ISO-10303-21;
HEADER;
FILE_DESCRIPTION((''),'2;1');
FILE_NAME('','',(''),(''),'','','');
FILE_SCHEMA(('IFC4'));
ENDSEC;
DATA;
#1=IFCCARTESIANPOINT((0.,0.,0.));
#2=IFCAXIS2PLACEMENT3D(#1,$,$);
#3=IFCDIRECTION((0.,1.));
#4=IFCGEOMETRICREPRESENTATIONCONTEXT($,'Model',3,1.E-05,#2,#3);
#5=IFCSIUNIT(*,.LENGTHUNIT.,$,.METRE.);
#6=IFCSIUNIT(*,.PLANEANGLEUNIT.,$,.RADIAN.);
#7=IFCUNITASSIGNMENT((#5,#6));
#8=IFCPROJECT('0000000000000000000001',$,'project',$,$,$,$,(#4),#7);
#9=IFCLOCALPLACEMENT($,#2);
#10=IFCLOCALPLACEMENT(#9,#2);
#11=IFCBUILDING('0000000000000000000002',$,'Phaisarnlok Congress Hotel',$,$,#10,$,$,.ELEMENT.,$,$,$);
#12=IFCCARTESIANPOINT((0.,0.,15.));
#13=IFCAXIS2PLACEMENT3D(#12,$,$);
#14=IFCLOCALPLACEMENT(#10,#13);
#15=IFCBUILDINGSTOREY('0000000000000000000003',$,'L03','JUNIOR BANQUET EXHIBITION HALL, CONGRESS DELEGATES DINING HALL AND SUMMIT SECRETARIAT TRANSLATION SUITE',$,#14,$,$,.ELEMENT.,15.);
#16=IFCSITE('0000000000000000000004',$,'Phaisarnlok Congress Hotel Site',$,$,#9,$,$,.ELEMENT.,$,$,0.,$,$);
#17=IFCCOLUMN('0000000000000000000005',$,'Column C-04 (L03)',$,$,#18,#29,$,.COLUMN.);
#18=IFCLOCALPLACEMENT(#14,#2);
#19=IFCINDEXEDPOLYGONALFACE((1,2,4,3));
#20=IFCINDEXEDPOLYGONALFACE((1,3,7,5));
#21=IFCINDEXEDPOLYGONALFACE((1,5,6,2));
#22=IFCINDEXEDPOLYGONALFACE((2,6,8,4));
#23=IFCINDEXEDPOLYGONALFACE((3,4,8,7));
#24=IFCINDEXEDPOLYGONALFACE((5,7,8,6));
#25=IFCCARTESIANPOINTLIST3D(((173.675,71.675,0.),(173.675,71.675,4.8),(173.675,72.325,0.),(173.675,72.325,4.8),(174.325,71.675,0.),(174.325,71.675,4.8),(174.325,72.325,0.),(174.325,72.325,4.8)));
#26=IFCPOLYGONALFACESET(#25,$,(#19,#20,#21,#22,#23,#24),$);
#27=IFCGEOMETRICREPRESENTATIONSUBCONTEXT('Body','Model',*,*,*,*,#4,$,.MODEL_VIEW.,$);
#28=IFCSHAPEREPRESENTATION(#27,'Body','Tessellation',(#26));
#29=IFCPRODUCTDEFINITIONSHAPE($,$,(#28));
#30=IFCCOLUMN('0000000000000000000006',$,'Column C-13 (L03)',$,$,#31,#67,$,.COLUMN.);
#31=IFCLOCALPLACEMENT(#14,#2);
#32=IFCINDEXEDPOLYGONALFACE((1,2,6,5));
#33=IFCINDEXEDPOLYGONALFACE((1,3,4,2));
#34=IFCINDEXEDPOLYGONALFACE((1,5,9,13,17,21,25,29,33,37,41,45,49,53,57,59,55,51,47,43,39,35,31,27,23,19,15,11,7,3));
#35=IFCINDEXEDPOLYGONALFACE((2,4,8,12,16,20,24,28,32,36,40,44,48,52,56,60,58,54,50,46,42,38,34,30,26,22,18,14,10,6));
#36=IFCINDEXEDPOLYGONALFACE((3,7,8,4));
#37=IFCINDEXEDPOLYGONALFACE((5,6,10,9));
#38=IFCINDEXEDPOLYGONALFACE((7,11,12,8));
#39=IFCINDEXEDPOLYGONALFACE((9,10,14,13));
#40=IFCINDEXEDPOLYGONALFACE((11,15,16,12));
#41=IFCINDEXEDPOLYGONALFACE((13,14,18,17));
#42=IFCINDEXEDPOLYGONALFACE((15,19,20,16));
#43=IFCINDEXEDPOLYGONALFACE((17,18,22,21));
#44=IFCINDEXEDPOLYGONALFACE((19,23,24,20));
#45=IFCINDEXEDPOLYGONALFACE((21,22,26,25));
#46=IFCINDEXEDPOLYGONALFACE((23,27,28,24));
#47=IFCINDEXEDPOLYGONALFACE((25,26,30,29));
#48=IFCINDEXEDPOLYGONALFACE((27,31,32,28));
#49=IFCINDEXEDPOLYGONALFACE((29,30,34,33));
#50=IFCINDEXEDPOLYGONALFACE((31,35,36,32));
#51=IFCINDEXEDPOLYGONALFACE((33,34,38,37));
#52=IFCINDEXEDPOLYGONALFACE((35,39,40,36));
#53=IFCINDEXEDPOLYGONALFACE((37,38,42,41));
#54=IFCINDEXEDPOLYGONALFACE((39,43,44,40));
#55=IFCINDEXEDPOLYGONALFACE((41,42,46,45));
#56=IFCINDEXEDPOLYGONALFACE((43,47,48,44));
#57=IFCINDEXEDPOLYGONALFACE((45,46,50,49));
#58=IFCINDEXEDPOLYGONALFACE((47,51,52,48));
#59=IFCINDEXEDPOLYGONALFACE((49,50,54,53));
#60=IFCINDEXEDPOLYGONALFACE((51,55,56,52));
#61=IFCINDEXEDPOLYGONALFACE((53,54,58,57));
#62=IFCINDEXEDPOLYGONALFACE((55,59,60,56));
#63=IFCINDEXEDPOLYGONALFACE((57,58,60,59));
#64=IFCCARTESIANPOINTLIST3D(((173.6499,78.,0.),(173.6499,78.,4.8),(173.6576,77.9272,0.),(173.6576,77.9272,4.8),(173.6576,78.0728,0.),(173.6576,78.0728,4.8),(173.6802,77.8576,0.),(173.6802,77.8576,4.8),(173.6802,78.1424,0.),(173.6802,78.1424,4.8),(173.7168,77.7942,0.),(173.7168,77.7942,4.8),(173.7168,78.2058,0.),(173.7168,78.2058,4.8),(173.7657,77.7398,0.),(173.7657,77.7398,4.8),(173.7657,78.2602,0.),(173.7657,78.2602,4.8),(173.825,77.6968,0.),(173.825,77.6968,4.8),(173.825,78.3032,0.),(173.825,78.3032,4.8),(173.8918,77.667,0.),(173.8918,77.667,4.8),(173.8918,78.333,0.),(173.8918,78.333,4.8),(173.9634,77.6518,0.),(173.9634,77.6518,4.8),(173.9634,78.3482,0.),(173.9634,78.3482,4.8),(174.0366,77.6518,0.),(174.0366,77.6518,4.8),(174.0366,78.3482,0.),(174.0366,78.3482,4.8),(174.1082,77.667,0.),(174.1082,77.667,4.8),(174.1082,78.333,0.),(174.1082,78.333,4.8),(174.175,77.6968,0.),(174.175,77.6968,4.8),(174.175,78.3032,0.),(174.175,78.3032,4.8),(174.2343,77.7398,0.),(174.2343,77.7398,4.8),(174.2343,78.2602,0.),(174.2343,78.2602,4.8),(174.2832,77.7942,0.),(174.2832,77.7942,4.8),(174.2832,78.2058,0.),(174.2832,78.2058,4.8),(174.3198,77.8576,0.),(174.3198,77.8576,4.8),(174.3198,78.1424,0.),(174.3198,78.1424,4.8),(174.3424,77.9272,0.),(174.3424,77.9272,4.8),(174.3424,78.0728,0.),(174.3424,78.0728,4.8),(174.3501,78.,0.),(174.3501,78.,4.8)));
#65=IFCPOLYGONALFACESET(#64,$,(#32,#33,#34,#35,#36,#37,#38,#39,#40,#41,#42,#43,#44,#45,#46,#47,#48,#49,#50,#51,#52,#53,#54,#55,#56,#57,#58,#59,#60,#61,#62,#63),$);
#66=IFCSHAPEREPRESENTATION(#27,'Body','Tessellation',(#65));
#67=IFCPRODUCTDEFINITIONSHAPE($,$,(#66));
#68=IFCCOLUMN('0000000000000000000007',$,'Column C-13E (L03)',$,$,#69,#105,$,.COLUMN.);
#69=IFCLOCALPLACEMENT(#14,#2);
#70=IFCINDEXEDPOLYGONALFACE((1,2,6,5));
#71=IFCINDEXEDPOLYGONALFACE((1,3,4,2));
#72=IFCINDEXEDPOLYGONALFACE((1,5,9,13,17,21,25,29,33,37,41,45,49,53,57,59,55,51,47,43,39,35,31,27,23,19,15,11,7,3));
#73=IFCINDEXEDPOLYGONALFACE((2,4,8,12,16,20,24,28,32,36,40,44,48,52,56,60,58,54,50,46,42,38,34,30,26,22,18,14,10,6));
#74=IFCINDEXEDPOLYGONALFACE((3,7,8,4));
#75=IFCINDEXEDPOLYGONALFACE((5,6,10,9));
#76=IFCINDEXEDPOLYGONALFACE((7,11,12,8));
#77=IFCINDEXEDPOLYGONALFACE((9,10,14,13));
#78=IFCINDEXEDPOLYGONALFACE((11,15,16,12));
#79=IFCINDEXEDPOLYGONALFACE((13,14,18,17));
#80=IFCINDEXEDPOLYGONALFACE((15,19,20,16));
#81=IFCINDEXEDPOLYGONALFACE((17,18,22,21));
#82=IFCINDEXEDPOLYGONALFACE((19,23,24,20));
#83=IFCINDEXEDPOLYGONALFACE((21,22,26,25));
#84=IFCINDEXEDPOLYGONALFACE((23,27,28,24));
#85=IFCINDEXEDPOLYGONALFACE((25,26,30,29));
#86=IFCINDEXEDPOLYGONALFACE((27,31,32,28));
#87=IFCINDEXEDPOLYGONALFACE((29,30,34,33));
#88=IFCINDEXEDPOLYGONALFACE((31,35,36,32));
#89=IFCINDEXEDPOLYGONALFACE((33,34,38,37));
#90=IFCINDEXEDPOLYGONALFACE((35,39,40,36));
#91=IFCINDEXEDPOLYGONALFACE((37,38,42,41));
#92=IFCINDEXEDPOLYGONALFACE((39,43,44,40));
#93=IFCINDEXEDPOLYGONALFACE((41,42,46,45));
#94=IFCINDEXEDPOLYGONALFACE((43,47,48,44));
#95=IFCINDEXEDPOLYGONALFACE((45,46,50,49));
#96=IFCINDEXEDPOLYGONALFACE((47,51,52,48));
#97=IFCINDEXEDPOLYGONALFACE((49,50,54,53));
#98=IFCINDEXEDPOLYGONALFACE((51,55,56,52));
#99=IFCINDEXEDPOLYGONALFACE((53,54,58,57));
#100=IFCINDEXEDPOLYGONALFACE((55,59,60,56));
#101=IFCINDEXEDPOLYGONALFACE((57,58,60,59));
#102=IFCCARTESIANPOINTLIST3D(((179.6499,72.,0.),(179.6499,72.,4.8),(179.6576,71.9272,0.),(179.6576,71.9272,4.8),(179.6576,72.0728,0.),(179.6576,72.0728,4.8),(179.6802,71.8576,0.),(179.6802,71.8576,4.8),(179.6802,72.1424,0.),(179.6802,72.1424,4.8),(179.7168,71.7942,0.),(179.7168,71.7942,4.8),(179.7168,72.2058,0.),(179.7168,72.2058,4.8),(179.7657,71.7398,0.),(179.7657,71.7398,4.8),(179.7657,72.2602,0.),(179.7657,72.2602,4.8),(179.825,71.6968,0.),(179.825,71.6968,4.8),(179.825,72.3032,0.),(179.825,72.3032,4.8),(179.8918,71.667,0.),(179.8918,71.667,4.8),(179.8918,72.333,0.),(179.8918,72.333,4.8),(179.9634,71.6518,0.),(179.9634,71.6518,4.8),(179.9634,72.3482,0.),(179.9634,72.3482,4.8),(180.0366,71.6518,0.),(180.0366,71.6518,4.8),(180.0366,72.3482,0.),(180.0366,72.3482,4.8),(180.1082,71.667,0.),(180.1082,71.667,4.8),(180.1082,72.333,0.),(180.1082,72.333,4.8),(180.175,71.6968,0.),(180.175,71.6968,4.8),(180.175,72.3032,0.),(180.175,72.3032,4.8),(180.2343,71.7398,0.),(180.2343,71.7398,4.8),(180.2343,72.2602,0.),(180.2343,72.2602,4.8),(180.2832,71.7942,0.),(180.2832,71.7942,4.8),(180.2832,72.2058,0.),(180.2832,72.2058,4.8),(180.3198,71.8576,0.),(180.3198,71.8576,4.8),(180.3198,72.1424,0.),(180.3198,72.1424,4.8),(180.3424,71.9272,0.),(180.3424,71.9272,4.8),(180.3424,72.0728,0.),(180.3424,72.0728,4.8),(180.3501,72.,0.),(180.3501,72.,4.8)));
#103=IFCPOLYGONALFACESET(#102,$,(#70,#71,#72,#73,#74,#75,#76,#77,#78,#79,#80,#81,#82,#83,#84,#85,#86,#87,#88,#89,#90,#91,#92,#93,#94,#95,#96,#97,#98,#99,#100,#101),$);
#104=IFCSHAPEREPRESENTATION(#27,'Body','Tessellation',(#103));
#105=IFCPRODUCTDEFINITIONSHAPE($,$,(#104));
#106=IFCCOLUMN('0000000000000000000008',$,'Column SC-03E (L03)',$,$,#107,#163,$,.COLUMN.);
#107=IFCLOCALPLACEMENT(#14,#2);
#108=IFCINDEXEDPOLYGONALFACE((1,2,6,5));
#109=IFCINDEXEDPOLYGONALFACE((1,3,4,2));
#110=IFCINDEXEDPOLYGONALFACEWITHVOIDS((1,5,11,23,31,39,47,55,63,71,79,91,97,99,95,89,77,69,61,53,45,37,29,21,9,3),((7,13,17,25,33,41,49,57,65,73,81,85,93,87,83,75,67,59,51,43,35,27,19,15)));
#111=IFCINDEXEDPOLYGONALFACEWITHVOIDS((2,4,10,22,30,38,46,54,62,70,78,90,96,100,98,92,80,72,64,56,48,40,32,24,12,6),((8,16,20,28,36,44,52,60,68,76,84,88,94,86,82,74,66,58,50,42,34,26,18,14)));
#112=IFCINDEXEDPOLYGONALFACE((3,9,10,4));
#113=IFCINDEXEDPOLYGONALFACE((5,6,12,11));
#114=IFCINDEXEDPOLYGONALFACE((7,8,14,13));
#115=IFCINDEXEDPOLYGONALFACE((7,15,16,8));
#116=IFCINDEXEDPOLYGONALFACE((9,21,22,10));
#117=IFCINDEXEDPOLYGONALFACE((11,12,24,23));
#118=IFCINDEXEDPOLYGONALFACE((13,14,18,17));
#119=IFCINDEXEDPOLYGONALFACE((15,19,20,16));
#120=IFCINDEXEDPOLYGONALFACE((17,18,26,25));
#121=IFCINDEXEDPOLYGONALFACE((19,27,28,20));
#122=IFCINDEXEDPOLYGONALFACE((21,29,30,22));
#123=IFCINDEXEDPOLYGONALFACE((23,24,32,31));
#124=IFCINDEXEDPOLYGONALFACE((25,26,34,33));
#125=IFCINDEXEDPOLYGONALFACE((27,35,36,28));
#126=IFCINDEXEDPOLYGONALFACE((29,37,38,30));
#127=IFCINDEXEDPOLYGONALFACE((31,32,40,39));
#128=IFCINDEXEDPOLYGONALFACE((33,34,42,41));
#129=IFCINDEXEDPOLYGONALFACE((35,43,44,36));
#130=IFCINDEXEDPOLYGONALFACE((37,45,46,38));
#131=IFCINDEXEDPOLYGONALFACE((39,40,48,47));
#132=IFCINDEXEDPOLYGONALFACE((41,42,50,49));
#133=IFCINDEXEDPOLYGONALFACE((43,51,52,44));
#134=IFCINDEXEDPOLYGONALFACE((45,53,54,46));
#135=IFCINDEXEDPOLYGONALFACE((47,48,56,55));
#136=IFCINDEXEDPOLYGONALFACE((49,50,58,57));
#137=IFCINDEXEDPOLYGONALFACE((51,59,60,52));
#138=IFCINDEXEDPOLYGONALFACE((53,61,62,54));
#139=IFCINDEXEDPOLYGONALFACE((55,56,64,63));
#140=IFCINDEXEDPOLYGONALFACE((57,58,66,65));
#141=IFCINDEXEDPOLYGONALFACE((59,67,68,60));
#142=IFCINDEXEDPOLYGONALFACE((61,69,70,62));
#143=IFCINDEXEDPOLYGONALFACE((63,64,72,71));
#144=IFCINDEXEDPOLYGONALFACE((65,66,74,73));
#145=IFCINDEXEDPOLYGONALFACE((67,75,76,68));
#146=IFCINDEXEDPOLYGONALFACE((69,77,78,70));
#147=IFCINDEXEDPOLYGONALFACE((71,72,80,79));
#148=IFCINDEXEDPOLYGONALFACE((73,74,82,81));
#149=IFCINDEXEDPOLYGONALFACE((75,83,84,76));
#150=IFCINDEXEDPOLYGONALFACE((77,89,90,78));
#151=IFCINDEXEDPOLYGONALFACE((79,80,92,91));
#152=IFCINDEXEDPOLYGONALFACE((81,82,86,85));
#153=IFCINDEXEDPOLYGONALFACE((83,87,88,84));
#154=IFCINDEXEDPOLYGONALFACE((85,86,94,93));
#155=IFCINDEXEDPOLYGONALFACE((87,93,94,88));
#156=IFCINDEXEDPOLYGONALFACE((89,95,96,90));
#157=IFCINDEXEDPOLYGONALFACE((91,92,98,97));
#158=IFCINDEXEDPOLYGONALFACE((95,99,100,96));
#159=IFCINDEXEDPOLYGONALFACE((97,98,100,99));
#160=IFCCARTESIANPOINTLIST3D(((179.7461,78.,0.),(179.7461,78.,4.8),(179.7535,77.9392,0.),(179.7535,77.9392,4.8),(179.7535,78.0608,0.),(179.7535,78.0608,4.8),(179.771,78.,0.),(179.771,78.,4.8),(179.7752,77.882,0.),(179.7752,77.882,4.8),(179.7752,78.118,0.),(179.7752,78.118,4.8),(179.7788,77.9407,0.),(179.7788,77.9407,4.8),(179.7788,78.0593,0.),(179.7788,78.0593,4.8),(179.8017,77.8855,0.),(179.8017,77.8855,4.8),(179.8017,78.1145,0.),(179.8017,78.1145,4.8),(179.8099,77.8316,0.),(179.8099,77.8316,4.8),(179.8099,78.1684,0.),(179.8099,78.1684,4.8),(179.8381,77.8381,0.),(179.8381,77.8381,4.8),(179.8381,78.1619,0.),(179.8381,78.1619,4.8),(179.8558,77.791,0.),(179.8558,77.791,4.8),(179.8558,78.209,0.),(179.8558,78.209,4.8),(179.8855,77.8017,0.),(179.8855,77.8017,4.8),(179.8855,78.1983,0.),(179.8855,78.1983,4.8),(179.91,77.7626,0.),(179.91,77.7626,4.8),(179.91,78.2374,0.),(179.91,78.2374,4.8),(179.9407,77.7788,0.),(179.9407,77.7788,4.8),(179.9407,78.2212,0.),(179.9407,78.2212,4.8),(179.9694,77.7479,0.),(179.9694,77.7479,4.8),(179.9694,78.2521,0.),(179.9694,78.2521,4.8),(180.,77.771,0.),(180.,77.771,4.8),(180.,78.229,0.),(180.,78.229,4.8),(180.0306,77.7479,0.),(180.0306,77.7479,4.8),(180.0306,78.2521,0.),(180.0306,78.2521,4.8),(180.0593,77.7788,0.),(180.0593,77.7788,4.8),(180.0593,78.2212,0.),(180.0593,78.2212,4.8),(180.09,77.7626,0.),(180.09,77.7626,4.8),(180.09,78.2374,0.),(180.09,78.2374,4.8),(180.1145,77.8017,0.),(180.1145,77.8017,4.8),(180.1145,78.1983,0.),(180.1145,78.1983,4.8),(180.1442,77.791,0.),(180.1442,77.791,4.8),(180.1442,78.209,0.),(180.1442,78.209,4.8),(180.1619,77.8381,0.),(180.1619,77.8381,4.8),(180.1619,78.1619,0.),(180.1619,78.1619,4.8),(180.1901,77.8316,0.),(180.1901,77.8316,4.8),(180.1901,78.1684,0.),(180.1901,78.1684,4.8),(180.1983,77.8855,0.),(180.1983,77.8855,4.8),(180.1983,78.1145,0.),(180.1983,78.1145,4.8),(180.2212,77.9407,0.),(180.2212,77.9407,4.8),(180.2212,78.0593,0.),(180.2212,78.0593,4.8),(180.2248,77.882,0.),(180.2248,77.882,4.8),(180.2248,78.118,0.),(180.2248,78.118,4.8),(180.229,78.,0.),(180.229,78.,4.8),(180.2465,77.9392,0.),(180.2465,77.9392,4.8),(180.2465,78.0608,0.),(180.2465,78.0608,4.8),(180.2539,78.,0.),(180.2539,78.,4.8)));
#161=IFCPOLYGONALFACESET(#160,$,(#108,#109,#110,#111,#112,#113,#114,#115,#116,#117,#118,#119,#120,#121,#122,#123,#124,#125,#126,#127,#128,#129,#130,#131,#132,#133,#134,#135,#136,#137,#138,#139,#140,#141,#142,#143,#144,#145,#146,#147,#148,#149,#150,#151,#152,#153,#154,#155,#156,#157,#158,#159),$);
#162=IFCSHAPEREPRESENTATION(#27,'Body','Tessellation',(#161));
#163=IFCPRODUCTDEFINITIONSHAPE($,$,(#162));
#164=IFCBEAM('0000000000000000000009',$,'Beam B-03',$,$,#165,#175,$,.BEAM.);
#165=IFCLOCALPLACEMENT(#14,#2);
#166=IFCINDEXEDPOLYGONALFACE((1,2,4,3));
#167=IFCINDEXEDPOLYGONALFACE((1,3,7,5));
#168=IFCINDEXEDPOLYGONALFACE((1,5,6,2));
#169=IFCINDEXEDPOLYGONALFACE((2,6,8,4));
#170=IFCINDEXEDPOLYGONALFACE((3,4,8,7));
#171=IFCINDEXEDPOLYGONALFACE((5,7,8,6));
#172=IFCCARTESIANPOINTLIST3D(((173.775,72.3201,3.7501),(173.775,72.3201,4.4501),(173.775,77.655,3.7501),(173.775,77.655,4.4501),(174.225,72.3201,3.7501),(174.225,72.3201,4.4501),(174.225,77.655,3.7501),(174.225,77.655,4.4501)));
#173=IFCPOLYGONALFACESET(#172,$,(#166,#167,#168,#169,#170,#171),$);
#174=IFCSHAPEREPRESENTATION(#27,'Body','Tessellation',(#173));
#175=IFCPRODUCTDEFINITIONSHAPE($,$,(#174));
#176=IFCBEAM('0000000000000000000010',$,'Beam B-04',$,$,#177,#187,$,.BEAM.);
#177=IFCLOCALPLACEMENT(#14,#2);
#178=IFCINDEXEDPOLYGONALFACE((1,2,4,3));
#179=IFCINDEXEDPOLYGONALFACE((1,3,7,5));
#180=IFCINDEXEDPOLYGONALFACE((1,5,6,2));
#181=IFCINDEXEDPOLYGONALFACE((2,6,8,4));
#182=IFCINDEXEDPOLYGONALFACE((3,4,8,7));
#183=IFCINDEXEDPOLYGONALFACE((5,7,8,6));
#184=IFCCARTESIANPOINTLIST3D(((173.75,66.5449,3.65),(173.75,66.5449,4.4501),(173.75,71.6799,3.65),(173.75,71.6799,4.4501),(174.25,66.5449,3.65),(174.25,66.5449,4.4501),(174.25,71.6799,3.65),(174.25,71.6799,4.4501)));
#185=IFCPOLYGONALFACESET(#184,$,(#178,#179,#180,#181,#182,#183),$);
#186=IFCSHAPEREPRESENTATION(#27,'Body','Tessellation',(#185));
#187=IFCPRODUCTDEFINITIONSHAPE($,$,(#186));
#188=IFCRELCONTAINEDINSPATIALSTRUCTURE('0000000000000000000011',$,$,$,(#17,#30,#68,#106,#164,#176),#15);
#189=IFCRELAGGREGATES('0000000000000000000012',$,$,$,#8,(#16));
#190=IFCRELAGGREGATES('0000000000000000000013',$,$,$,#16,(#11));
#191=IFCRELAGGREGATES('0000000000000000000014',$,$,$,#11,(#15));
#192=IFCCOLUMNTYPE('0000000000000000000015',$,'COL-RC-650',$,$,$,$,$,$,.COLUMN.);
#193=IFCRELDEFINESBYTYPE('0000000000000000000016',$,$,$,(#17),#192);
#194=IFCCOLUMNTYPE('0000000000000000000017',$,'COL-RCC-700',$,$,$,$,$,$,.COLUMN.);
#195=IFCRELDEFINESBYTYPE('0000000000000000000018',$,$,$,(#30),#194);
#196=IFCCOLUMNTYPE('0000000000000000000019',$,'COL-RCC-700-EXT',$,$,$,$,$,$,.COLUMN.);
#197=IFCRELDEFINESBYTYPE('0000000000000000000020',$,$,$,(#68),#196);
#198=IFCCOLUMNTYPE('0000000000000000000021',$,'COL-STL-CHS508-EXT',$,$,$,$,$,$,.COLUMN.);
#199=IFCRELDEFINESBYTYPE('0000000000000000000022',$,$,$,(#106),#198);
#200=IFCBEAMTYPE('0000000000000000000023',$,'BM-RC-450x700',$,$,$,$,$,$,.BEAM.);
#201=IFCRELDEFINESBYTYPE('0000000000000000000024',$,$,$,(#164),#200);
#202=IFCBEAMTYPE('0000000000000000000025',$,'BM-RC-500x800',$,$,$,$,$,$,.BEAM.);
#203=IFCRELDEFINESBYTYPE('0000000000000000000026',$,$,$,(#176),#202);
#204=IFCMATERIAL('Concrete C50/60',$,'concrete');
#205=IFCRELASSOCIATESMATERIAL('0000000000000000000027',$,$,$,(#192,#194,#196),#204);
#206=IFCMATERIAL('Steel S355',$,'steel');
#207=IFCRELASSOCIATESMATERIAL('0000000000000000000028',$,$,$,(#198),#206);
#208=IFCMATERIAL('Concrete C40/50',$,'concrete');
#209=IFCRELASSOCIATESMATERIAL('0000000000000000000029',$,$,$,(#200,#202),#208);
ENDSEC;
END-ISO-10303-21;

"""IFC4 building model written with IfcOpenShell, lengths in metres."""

from ifc_helpers import new_model, si_unit, direction, frame, origin, origin_2d, place, context, subcontext, project, spatial, rectangle, circle, hollow_circle, extrude, material, material_profile, profile_set, type_object, element, save


model = new_model("IFC4")

# Units and contexts
model_context = context("Model", 3, precision=1e-05, world=origin(), true_north=direction((0.0, 1.0)))
body_context = subcontext(model_context, "Body", "Model", "MODEL_VIEW")
ifc_project = project(units=[si_unit("LENGTHUNIT", "METRE"), si_unit("PLANEANGLEUNIT", "RADIAN")], contexts=[model_context])

# Site, building, storey
site_placement = place(None, origin())
site = spatial("IfcSite", under=ifc_project, at=site_placement, Name="Phaisarnlok Congress Hotel Site", CompositionType="ELEMENT", RefElevation=0.0)
building_placement = place(site_placement, origin())
building = spatial("IfcBuilding", under=site, at=building_placement, Name="Phaisarnlok Congress Hotel", CompositionType="ELEMENT")
storey_placement = place(building_placement, frame((0.0, 0.0, 15.0)))
storey = spatial("IfcBuildingStorey", under=building, at=storey_placement, Name="L03", Description="JUNIOR BANQUET EXHIBITION HALL, CONGRESS DELEGATES DINING HALL AND SUMMIT SECRETARIAT TRANSLATION SUITE", CompositionType="ELEMENT", Elevation=15.0)

# Columns
ifc_material_1 = material(Name="Concrete C50/60", Category="concrete")
ifc_material_profile_1 = material_profile(ifc_material_1, rectangle(XDim=0.6499, YDim=0.6499, at=origin_2d()), Name="RC 650x650")
ifc_profile_set_1 = profile_set([ifc_material_profile_1], Name="Concrete C50/60")
column_type_1 = type_object("IfcColumnType", Name="COL-RC-650", PredefinedType="COLUMN", material=ifc_profile_set_1)
column_1_placement = place(storey_placement, frame((174.0, 72.0, 0.0), z_axis=(0.0, 0.0, 1.0), x_axis=(1.0, 0.0, 0.0)))
element("IfcColumn", 1, at=column_1_placement, inside=storey, type_object=column_type_1, Name="Column C-04 (L03)", PredefinedType="COLUMN", context=body_context, shape_type="SweptSolid", body=[
    extrude(rectangle(XDim=0.6499, YDim=0.6499, at=origin_2d()), origin(), (0.0, 0.0, 1.0), 4.8),
])
ifc_material_profile_2 = material_profile(ifc_material_1, circle(Radius=0.3501, at=origin_2d()), Name="RCC D700")
ifc_profile_set_2 = profile_set([ifc_material_profile_2], Name="Concrete C50/60")
column_type_2 = type_object("IfcColumnType", Name="COL-RCC-700", PredefinedType="COLUMN", material=ifc_profile_set_2)
column_2_placement = place(storey_placement, frame((174.0, 78.0, 0.0), z_axis=(0.0, 0.0, 1.0), x_axis=(1.0, 0.0, 0.0)))
element("IfcColumn", 2, at=column_2_placement, inside=storey, type_object=column_type_2, Name="Column C-13 (L03)", PredefinedType="COLUMN", context=body_context, shape_type="SweptSolid", body=[
    extrude(circle(Radius=0.3501, at=origin_2d()), origin(), (0.0, 0.0, 1.0), 4.8),
])
ifc_material_profile_3 = material_profile(ifc_material_1, circle(Radius=0.3501, at=origin_2d()), Name="RCC D700")
ifc_profile_set_3 = profile_set([ifc_material_profile_3], Name="Concrete C50/60")
column_type_3 = type_object("IfcColumnType", Name="COL-RCC-700-EXT", PredefinedType="COLUMN", material=ifc_profile_set_3)
column_3_placement = place(storey_placement, frame((180.0, 72.0, 0.0), z_axis=(0.0, 0.0, 1.0), x_axis=(1.0, 0.0, 0.0)))
element("IfcColumn", 3, at=column_3_placement, inside=storey, type_object=column_type_3, Name="Column C-13E (L03)", PredefinedType="COLUMN", context=body_context, shape_type="SweptSolid", body=[
    extrude(circle(Radius=0.3501, at=origin_2d()), origin(), (0.0, 0.0, 1.0), 4.8),
])
ifc_material_2 = material(Name="Steel S355", Category="steel")
ifc_material_profile_4 = material_profile(ifc_material_2, hollow_circle(Radius=0.2539, WallThickness=0.0249, at=origin_2d()), Name="CHS 508x25")
ifc_profile_set_4 = profile_set([ifc_material_profile_4], Name="Steel S355")
column_type_4 = type_object("IfcColumnType", Name="COL-STL-CHS508-EXT", PredefinedType="COLUMN", material=ifc_profile_set_4)
column_4_placement = place(storey_placement, frame((180.0, 78.0, 0.0), z_axis=(0.0, 0.0, 1.0), x_axis=(1.0, 0.0, 0.0)))
element("IfcColumn", 4, at=column_4_placement, inside=storey, type_object=column_type_4, Name="Column SC-03E (L03)", PredefinedType="COLUMN", context=body_context, shape_type="SweptSolid", body=[
    extrude(hollow_circle(Radius=0.2539, WallThickness=0.0249, at=origin_2d()), origin(), (0.0, 0.0, 1.0), 4.8),
])

# Beams
ifc_material_3 = material(Name="Concrete C40/50", Category="concrete")
ifc_material_profile_5 = material_profile(ifc_material_3, rectangle(XDim=0.45, YDim=0.7, at=origin_2d()), Name="RC 450x700")
ifc_profile_set_5 = profile_set([ifc_material_profile_5], Name="Concrete C40/50")
beam_type_1 = type_object("IfcBeamType", Name="BM-RC-450x700", PredefinedType="BEAM", material=ifc_profile_set_5)
beam_1_placement = place(storey_placement, frame((174.0, 72.3201, 4.1001), z_axis=(0.0, 1.0, 0.0), x_axis=(-1.0, 0.0, 0.0)))
element("IfcBeam", 5, at=beam_1_placement, inside=storey, type_object=beam_type_1, Name="Beam B-03", PredefinedType="BEAM", context=body_context, shape_type="SweptSolid", body=[
    extrude(rectangle(XDim=0.45, YDim=0.7, at=origin_2d()), origin(), (0.0, 0.0, 1.0), 5.335),
])
ifc_material_profile_6 = material_profile(ifc_material_3, rectangle(XDim=0.5, YDim=0.8, at=origin_2d()), Name="RC 500x800")
ifc_profile_set_6 = profile_set([ifc_material_profile_6], Name="Concrete C40/50")
beam_type_2 = type_object("IfcBeamType", Name="BM-RC-500x800", PredefinedType="BEAM", material=ifc_profile_set_6)
beam_2_placement = place(storey_placement, frame((174.0, 66.5449, 4.05), z_axis=(0.0, 1.0, 0.0), x_axis=(-1.0, 0.0, 0.0)))
element("IfcBeam", 6, at=beam_2_placement, inside=storey, type_object=beam_type_2, Name="Beam B-04", PredefinedType="BEAM", context=body_context, shape_type="SweptSolid", body=[
    extrude(rectangle(XDim=0.5, YDim=0.8, at=origin_2d()), origin(), (0.0, 0.0, 1.0), 5.135),
])

save(model, "model.ifc")
